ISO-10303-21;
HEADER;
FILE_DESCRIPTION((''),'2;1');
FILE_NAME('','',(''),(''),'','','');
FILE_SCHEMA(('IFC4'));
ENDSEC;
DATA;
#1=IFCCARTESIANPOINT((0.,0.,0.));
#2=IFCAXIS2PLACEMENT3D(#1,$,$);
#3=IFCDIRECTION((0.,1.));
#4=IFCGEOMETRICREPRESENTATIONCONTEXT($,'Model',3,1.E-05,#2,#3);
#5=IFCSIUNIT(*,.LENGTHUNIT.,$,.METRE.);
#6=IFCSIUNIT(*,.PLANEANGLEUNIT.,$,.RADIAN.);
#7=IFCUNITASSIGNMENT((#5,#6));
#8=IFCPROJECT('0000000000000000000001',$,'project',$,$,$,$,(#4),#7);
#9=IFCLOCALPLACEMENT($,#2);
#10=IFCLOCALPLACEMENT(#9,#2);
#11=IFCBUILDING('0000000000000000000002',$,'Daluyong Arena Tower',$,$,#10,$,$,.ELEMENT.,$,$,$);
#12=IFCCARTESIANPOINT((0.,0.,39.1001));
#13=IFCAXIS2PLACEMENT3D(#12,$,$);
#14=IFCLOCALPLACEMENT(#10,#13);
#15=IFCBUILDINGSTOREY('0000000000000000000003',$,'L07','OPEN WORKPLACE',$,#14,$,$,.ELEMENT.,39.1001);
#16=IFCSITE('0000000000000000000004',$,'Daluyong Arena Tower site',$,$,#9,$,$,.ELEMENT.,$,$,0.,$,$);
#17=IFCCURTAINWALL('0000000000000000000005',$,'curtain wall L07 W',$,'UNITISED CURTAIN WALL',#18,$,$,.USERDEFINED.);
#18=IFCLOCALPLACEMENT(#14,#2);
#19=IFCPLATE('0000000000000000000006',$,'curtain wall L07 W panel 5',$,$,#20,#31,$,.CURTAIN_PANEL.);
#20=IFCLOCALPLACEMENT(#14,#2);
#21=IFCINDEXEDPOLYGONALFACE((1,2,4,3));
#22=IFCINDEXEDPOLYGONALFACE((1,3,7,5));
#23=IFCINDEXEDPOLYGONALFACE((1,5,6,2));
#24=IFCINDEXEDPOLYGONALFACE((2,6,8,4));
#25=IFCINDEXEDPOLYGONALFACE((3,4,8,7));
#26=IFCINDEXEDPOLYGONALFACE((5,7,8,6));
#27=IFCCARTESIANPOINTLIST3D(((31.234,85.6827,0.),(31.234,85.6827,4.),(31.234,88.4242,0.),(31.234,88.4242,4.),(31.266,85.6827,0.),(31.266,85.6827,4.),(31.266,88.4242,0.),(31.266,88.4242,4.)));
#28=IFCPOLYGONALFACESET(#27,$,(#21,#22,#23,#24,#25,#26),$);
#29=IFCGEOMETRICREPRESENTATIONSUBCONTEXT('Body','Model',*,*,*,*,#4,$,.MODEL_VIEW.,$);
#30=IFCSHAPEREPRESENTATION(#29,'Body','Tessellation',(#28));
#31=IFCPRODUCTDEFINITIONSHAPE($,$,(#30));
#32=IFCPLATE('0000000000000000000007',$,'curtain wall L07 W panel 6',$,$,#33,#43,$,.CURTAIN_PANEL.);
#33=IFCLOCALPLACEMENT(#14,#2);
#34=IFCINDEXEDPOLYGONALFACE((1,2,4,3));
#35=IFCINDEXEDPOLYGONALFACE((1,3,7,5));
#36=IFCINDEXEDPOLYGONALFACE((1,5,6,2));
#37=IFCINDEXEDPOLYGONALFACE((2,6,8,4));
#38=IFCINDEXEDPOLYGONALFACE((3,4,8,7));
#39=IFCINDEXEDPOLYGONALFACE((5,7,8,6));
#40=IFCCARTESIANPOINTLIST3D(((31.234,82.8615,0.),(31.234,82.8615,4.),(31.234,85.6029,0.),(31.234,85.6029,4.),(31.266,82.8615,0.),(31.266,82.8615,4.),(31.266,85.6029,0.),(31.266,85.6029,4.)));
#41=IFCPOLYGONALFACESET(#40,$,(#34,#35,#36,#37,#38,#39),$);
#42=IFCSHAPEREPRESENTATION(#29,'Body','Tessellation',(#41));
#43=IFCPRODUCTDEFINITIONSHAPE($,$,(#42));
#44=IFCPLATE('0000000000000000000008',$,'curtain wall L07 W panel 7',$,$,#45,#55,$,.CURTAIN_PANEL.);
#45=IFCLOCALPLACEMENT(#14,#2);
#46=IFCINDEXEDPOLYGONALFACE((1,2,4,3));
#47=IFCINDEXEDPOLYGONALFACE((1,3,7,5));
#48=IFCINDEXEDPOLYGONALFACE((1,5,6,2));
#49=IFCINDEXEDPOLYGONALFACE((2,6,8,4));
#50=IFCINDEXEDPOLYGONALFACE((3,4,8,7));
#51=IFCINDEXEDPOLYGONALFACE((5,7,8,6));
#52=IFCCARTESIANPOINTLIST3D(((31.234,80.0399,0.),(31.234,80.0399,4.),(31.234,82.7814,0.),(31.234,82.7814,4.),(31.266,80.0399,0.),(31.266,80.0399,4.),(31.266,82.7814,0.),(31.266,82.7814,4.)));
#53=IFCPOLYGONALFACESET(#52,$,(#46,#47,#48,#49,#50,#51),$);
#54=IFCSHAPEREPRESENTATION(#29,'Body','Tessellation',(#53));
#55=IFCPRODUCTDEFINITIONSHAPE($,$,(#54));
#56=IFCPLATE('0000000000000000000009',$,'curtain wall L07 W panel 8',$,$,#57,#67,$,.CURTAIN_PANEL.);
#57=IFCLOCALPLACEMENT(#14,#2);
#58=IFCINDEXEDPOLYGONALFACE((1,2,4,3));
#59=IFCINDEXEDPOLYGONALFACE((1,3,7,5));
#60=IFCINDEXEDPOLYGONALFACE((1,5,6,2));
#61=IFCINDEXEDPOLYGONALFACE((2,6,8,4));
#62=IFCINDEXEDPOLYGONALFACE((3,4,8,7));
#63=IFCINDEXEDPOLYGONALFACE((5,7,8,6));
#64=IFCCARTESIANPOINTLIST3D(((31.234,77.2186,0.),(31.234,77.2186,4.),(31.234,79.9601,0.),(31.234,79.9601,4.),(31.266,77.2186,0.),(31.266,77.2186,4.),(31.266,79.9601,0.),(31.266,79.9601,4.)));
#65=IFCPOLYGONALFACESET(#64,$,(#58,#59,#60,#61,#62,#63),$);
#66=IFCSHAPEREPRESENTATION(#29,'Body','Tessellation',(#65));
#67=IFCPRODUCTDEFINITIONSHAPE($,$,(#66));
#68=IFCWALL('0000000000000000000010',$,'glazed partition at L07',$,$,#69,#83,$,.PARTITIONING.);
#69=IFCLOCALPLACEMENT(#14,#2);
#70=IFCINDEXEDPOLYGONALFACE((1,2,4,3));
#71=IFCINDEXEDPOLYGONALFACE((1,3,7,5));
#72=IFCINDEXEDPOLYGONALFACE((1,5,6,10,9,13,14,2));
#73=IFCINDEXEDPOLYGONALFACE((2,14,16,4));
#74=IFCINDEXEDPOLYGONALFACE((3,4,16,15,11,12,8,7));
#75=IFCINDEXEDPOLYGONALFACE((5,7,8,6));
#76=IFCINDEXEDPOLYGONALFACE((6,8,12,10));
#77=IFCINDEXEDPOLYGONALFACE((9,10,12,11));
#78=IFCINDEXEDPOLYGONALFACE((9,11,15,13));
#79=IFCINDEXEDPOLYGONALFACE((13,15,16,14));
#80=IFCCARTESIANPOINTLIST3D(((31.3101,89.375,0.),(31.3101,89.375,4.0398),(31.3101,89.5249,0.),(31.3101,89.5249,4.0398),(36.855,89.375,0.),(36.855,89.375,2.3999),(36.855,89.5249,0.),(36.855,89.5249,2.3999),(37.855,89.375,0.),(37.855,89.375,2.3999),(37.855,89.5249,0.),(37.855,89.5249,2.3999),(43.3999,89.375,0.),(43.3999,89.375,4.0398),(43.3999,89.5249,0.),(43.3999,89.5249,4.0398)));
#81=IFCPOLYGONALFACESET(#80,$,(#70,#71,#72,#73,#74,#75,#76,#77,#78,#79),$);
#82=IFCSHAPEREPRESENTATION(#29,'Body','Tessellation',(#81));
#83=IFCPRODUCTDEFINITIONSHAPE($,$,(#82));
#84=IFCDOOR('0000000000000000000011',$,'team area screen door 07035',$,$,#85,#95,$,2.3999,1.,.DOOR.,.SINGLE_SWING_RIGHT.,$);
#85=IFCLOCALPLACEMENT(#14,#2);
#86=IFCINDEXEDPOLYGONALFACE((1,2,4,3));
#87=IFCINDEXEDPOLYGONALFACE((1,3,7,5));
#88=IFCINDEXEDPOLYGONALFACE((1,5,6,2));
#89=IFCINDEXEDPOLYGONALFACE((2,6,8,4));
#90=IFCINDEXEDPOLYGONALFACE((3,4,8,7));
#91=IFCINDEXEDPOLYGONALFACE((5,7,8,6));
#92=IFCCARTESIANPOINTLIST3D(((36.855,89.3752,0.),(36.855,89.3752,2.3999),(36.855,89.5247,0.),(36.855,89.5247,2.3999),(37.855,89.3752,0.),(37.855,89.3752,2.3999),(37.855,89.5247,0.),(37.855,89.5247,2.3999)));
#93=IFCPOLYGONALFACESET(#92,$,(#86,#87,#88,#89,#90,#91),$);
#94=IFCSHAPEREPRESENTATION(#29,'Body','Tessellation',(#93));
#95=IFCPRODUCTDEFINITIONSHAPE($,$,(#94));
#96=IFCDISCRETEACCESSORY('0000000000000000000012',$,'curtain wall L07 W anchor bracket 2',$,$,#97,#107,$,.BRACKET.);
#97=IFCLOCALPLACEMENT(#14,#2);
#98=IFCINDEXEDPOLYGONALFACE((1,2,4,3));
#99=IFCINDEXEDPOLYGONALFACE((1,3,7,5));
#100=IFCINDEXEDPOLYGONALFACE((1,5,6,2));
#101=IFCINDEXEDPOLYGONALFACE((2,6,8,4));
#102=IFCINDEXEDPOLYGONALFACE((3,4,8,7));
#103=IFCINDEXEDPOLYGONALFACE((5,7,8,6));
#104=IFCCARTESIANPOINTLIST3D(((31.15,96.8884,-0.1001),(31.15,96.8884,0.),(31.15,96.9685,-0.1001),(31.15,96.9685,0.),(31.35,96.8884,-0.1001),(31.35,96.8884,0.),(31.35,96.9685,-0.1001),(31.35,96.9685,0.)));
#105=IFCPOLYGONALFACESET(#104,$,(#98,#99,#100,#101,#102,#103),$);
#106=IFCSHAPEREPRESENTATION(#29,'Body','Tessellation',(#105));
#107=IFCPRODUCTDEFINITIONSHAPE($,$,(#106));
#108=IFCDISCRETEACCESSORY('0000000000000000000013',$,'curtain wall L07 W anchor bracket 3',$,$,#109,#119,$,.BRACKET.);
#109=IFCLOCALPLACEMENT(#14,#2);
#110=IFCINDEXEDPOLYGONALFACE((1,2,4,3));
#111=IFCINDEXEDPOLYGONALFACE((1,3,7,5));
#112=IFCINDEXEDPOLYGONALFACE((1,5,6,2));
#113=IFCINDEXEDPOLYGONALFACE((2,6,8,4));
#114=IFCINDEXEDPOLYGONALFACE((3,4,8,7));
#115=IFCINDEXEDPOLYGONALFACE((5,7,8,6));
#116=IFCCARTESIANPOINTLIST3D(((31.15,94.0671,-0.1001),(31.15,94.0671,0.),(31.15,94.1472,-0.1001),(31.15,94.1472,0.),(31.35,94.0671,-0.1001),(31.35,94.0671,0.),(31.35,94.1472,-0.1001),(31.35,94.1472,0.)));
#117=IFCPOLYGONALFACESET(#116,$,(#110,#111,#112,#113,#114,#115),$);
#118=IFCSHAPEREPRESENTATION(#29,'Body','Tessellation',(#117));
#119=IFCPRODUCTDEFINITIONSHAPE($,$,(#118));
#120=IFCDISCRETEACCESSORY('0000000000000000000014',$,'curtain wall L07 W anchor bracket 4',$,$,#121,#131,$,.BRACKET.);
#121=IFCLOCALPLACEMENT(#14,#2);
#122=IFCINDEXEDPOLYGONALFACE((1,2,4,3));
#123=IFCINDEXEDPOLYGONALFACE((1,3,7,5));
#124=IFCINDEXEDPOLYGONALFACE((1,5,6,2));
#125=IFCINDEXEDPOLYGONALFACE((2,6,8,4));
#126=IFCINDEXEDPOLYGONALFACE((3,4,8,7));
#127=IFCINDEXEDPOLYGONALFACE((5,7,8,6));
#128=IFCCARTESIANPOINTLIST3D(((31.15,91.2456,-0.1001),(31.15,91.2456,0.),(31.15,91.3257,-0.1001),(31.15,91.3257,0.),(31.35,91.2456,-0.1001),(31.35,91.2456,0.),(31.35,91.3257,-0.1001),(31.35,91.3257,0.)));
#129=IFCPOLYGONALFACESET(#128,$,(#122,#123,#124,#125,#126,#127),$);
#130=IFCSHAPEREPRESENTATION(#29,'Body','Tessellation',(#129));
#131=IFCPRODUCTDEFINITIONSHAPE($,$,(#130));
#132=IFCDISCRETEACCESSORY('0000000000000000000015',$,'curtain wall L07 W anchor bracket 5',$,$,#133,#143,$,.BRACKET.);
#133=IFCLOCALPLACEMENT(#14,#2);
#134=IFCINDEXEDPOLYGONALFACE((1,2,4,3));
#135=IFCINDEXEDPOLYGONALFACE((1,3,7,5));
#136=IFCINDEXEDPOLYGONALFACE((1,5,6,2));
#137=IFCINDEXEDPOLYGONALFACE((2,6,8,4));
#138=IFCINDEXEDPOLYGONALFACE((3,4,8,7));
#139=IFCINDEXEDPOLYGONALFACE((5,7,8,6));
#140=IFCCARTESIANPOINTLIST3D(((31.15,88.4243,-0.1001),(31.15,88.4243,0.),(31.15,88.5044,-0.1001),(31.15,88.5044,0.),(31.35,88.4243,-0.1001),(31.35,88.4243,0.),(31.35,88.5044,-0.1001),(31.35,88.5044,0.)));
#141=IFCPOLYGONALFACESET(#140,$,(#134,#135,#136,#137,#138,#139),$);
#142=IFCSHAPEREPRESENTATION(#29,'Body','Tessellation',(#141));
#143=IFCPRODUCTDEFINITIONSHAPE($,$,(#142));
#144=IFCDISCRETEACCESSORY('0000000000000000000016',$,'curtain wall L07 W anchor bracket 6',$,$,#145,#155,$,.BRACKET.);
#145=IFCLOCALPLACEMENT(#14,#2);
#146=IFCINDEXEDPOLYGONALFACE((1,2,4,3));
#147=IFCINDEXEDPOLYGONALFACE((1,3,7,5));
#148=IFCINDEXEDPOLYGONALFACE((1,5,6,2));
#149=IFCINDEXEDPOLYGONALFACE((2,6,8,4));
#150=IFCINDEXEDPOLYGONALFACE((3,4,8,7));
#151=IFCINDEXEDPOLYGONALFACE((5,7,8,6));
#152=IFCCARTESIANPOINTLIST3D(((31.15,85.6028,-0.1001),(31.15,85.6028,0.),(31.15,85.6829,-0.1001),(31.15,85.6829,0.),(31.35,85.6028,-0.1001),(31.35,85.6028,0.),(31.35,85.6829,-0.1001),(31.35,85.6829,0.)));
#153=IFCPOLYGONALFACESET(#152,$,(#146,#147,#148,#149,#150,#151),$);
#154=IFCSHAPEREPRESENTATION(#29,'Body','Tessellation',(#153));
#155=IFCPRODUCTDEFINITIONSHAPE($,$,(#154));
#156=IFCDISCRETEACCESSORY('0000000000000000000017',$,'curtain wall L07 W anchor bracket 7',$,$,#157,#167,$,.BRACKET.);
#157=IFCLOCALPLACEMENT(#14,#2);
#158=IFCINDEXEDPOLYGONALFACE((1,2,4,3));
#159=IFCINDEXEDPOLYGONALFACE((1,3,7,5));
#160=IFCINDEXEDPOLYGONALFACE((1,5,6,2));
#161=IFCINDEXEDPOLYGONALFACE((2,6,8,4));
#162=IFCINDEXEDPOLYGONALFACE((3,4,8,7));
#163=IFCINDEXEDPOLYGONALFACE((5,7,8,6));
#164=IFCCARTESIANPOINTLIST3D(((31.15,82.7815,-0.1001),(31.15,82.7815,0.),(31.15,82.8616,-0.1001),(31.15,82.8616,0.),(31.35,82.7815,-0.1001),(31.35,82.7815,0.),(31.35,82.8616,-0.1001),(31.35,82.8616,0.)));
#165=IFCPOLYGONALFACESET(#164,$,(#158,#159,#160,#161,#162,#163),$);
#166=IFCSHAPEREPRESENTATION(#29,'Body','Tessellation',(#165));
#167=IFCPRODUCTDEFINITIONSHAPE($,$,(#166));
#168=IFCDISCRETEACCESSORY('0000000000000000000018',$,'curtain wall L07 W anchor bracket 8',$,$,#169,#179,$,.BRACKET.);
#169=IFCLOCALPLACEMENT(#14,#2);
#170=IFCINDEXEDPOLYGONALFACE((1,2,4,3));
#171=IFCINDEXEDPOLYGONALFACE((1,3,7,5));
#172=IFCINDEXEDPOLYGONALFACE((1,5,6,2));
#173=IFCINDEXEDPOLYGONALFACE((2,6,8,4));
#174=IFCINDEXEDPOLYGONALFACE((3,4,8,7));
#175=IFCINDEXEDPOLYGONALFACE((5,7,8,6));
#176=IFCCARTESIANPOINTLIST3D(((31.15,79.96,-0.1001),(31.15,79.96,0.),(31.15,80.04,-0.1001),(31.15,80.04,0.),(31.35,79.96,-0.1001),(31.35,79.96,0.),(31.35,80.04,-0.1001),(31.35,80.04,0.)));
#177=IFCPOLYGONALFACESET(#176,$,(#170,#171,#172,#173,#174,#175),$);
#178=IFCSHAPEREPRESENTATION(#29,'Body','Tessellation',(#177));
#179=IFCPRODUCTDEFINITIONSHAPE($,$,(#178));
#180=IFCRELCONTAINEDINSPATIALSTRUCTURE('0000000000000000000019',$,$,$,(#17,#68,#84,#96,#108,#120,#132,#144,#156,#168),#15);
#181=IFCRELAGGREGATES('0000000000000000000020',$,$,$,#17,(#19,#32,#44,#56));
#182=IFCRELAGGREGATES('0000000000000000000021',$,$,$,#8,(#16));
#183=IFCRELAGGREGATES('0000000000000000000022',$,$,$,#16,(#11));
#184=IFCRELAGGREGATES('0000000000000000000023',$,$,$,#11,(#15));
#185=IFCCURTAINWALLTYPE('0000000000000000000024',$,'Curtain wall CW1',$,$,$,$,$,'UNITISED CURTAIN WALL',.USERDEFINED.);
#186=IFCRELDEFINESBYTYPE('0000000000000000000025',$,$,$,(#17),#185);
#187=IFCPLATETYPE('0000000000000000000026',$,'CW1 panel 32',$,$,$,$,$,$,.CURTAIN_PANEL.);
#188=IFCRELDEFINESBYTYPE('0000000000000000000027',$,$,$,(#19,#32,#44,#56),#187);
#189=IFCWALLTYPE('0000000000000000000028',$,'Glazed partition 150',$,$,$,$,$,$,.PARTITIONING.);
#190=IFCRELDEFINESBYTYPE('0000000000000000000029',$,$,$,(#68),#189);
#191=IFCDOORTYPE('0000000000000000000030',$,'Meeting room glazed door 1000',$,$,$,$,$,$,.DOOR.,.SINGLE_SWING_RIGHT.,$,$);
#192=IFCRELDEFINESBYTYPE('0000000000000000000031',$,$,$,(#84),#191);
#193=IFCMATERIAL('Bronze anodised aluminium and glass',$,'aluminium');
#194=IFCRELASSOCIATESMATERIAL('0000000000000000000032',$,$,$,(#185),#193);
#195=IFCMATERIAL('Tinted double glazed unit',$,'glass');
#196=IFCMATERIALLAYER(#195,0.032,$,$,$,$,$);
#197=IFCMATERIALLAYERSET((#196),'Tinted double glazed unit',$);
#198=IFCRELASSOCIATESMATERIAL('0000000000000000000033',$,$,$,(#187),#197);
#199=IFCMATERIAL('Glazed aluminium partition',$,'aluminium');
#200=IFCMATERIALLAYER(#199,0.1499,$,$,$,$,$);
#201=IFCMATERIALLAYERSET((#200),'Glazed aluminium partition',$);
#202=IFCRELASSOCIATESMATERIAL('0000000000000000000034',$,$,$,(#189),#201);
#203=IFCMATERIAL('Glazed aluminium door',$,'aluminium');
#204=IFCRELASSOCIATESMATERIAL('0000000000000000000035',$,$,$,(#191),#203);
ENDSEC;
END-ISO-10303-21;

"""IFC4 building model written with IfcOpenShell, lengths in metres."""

from ifc_helpers import new_model, si_unit, direction, frame, frame_2d, origin, origin_2d, place, context, subcontext, project, spatial, rectangle, extrude, material, layer, layer_set, type_object, element, fill, aggregate, save


model = new_model("IFC4")

# Units and contexts
model_context = context("Model", 3, precision=1e-05, world=origin(), true_north=direction((0.0, 1.0)))
body_context = subcontext(model_context, "Body", "Model", "MODEL_VIEW")
ifc_project = project(units=[si_unit("LENGTHUNIT", "METRE"), si_unit("PLANEANGLEUNIT", "RADIAN")], contexts=[model_context])

# Site, building, storey
site_placement = place(None, origin())
site = spatial("IfcSite", under=ifc_project, at=site_placement, Name="Daluyong Arena Tower site", CompositionType="ELEMENT", RefElevation=0.0)
building_placement = place(site_placement, origin())
building = spatial("IfcBuilding", under=site, at=building_placement, Name="Daluyong Arena Tower", CompositionType="ELEMENT")
storey_placement = place(building_placement, frame((0.0, 0.0, 39.1001)))
storey = spatial("IfcBuildingStorey", under=building, at=storey_placement, Name="L07", Description="OPEN WORKPLACE", CompositionType="ELEMENT", Elevation=39.1001)

# Curtain wall
ifc_material_1 = material(Name="Bronze anodised aluminium and glass", Category="aluminium")
curtain_wall_type = type_object("IfcCurtainWallType", Name="Curtain wall CW1", ElementType="UNITISED CURTAIN WALL", PredefinedType="USERDEFINED", material=ifc_material_1)
curtain_wall_placement = place(storey_placement, origin())
curtain_wall = element("IfcCurtainWall", 1, at=curtain_wall_placement, inside=storey, type_object=curtain_wall_type, Name="curtain wall L07 W", ObjectType="UNITISED CURTAIN WALL", PredefinedType="USERDEFINED")

# Plates
ifc_material_2 = material(Name="Tinted double glazed unit", Category="glass")
ifc_layer_1 = layer(ifc_material_2, 0.032)
ifc_layer_set_1 = layer_set([ifc_layer_1], Name="Tinted double glazed unit")
plate_type = type_object("IfcPlateType", Name="CW1 panel 32", PredefinedType="CURTAIN_PANEL", material=ifc_layer_set_1)
plate_1_placement = place(storey_placement, frame((31.25, 87.0535, 0.0), z_axis=(0.0, 0.0, 1.0), x_axis=(0.0, -1.0, 0.0)))
plate_1 = element("IfcPlate", 2, at=plate_1_placement, type_object=plate_type, Name="curtain wall L07 W panel 5", PredefinedType="CURTAIN_PANEL", context=body_context, shape_type="SweptSolid", body=[
    extrude(rectangle(XDim=2.7415, YDim=0.032, at=origin_2d()), origin(), (0.0, 0.0, 1.0), 4.0),
])
plate_2_placement = place(storey_placement, frame((31.25, 84.2322, 0.0), z_axis=(0.0, 0.0, 1.0), x_axis=(0.0, -1.0, 0.0)))
plate_2 = element("IfcPlate", 3, at=plate_2_placement, type_object=plate_type, Name="curtain wall L07 W panel 6", PredefinedType="CURTAIN_PANEL", context=body_context, shape_type="SweptSolid", body=[
    extrude(rectangle(XDim=2.7415, YDim=0.032, at=origin_2d()), origin(), (0.0, 0.0, 1.0), 4.0),
])
plate_3_placement = place(storey_placement, frame((31.25, 81.4106, 0.0), z_axis=(0.0, 0.0, 1.0), x_axis=(0.0, -1.0, 0.0)))
plate_3 = element("IfcPlate", 4, at=plate_3_placement, type_object=plate_type, Name="curtain wall L07 W panel 7", PredefinedType="CURTAIN_PANEL", context=body_context, shape_type="SweptSolid", body=[
    extrude(rectangle(XDim=2.7415, YDim=0.032, at=origin_2d()), origin(), (0.0, 0.0, 1.0), 4.0),
])
plate_4_placement = place(storey_placement, frame((31.25, 78.5894, 0.0), z_axis=(0.0, 0.0, 1.0), x_axis=(0.0, -1.0, 0.0)))
plate_4 = element("IfcPlate", 5, at=plate_4_placement, type_object=plate_type, Name="curtain wall L07 W panel 8", PredefinedType="CURTAIN_PANEL", context=body_context, shape_type="SweptSolid", body=[
    extrude(rectangle(XDim=2.7415, YDim=0.032, at=origin_2d()), origin(), (0.0, 0.0, 1.0), 4.0),
])
aggregate(curtain_wall, [plate_1, plate_2, plate_3, plate_4])

# Wall, opening, door
ifc_material_3 = material(Name="Glazed aluminium partition", Category="aluminium")
ifc_layer_2 = layer(ifc_material_3, 0.1499)
ifc_layer_set_2 = layer_set([ifc_layer_2], Name="Glazed aluminium partition")
wall_type = type_object("IfcWallType", Name="Glazed partition 150", PredefinedType="PARTITIONING", material=ifc_layer_set_2)
wall_placement = place(storey_placement, frame((31.3101, 89.45, 0.0), z_axis=(0.0, 0.0, 1.0), x_axis=(1.0, 0.0, 0.0)))
wall = element("IfcWall", 6, at=wall_placement, inside=storey, type_object=wall_type, Name="glazed partition at L07", PredefinedType="PARTITIONING", context=body_context, shape_type="SweptSolid", body=[
    extrude(rectangle(XDim=12.0898, YDim=0.1499, at=frame_2d((6.0449, 0.0))), origin(), (0.0, 0.0, 1.0), 4.0398),
])
opening_placement = place(wall_placement, frame((5.5449, 0.0, 0.0)))
opening = element("IfcOpeningElement", 7, at=opening_placement, cuts=wall, PredefinedType="OPENING", context=body_context, shape_type="SweptSolid", body=[
    extrude(rectangle(XDim=1.0, YDim=2.3999, at=frame_2d((0.5, 1.2))), frame((0.0, 0.085, 0.0), z_axis=(0.0, -1.0, 0.0), x_axis=(1.0, 0.0, 0.0)), (0.0, 0.0, 1.0), 0.1699),
])
ifc_material_4 = material(Name="Glazed aluminium door", Category="aluminium")
door_type = type_object("IfcDoorType", Name="Meeting room glazed door 1000", OperationType="SINGLE_SWING_RIGHT", PredefinedType="DOOR", material=ifc_material_4)
door_placement = place(opening_placement, origin())
door = element("IfcDoor", 8, at=door_placement, inside=storey, type_object=door_type, Name="team area screen door 07035", OperationType="SINGLE_SWING_RIGHT", OverallHeight=2.3999, OverallWidth=1.0, PredefinedType="DOOR", context=body_context, shape_type="SweptSolid", body=[
    extrude(rectangle(XDim=1.0, YDim=2.3999, at=frame_2d((0.5, 1.2))), frame((0.0, 0.0747, 0.0), z_axis=(0.0, -1.0, 0.0), x_axis=(1.0, 0.0, 0.0)), (0.0, 0.0, 1.0), 0.1494),
])
fill(opening, door)

# Discrete accessories
for number, where, z_axis, x_axis, name in (
    (9, (31.25, 96.9285, -0.1001), (0.0, 0.0, 1.0), (0.0, -1.0, 0.0), "curtain wall L07 W anchor bracket 2"),
    (10, (31.25, 94.1072, -0.1001), (0.0, 0.0, 1.0), (0.0, -1.0, 0.0), "curtain wall L07 W anchor bracket 3"),
    (11, (31.25, 91.2856, -0.1001), (0.0, 0.0, 1.0), (0.0, -1.0, 0.0), "curtain wall L07 W anchor bracket 4"),
    (12, (31.25, 88.4644, -0.1001), (0.0, 0.0, 1.0), (0.0, -1.0, 0.0), "curtain wall L07 W anchor bracket 5"),
    (13, (31.25, 85.6428, -0.1001), (0.0, 0.0, 1.0), (0.0, -1.0, 0.0), "curtain wall L07 W anchor bracket 6"),
    (14, (31.25, 82.8215, -0.1001), (0.0, 0.0, 1.0), (0.0, -1.0, 0.0), "curtain wall L07 W anchor bracket 7"),
    (15, (31.25, 80.0, -0.1001), (0.0, 0.0, 1.0), (0.0, -1.0, 0.0), "curtain wall L07 W anchor bracket 8"),
):
    element("IfcDiscreteAccessory", number, at=place(storey_placement, frame(where, z_axis=z_axis, x_axis=x_axis)), inside=storey, Name=name, PredefinedType="BRACKET", context=body_context, shape_type="SweptSolid", body=[
        extrude(rectangle(XDim=0.0801, YDim=0.2, at=origin_2d()), origin(), (0.0, 0.0, 1.0), 0.1001),
    ])

save(model, "model.ifc")
